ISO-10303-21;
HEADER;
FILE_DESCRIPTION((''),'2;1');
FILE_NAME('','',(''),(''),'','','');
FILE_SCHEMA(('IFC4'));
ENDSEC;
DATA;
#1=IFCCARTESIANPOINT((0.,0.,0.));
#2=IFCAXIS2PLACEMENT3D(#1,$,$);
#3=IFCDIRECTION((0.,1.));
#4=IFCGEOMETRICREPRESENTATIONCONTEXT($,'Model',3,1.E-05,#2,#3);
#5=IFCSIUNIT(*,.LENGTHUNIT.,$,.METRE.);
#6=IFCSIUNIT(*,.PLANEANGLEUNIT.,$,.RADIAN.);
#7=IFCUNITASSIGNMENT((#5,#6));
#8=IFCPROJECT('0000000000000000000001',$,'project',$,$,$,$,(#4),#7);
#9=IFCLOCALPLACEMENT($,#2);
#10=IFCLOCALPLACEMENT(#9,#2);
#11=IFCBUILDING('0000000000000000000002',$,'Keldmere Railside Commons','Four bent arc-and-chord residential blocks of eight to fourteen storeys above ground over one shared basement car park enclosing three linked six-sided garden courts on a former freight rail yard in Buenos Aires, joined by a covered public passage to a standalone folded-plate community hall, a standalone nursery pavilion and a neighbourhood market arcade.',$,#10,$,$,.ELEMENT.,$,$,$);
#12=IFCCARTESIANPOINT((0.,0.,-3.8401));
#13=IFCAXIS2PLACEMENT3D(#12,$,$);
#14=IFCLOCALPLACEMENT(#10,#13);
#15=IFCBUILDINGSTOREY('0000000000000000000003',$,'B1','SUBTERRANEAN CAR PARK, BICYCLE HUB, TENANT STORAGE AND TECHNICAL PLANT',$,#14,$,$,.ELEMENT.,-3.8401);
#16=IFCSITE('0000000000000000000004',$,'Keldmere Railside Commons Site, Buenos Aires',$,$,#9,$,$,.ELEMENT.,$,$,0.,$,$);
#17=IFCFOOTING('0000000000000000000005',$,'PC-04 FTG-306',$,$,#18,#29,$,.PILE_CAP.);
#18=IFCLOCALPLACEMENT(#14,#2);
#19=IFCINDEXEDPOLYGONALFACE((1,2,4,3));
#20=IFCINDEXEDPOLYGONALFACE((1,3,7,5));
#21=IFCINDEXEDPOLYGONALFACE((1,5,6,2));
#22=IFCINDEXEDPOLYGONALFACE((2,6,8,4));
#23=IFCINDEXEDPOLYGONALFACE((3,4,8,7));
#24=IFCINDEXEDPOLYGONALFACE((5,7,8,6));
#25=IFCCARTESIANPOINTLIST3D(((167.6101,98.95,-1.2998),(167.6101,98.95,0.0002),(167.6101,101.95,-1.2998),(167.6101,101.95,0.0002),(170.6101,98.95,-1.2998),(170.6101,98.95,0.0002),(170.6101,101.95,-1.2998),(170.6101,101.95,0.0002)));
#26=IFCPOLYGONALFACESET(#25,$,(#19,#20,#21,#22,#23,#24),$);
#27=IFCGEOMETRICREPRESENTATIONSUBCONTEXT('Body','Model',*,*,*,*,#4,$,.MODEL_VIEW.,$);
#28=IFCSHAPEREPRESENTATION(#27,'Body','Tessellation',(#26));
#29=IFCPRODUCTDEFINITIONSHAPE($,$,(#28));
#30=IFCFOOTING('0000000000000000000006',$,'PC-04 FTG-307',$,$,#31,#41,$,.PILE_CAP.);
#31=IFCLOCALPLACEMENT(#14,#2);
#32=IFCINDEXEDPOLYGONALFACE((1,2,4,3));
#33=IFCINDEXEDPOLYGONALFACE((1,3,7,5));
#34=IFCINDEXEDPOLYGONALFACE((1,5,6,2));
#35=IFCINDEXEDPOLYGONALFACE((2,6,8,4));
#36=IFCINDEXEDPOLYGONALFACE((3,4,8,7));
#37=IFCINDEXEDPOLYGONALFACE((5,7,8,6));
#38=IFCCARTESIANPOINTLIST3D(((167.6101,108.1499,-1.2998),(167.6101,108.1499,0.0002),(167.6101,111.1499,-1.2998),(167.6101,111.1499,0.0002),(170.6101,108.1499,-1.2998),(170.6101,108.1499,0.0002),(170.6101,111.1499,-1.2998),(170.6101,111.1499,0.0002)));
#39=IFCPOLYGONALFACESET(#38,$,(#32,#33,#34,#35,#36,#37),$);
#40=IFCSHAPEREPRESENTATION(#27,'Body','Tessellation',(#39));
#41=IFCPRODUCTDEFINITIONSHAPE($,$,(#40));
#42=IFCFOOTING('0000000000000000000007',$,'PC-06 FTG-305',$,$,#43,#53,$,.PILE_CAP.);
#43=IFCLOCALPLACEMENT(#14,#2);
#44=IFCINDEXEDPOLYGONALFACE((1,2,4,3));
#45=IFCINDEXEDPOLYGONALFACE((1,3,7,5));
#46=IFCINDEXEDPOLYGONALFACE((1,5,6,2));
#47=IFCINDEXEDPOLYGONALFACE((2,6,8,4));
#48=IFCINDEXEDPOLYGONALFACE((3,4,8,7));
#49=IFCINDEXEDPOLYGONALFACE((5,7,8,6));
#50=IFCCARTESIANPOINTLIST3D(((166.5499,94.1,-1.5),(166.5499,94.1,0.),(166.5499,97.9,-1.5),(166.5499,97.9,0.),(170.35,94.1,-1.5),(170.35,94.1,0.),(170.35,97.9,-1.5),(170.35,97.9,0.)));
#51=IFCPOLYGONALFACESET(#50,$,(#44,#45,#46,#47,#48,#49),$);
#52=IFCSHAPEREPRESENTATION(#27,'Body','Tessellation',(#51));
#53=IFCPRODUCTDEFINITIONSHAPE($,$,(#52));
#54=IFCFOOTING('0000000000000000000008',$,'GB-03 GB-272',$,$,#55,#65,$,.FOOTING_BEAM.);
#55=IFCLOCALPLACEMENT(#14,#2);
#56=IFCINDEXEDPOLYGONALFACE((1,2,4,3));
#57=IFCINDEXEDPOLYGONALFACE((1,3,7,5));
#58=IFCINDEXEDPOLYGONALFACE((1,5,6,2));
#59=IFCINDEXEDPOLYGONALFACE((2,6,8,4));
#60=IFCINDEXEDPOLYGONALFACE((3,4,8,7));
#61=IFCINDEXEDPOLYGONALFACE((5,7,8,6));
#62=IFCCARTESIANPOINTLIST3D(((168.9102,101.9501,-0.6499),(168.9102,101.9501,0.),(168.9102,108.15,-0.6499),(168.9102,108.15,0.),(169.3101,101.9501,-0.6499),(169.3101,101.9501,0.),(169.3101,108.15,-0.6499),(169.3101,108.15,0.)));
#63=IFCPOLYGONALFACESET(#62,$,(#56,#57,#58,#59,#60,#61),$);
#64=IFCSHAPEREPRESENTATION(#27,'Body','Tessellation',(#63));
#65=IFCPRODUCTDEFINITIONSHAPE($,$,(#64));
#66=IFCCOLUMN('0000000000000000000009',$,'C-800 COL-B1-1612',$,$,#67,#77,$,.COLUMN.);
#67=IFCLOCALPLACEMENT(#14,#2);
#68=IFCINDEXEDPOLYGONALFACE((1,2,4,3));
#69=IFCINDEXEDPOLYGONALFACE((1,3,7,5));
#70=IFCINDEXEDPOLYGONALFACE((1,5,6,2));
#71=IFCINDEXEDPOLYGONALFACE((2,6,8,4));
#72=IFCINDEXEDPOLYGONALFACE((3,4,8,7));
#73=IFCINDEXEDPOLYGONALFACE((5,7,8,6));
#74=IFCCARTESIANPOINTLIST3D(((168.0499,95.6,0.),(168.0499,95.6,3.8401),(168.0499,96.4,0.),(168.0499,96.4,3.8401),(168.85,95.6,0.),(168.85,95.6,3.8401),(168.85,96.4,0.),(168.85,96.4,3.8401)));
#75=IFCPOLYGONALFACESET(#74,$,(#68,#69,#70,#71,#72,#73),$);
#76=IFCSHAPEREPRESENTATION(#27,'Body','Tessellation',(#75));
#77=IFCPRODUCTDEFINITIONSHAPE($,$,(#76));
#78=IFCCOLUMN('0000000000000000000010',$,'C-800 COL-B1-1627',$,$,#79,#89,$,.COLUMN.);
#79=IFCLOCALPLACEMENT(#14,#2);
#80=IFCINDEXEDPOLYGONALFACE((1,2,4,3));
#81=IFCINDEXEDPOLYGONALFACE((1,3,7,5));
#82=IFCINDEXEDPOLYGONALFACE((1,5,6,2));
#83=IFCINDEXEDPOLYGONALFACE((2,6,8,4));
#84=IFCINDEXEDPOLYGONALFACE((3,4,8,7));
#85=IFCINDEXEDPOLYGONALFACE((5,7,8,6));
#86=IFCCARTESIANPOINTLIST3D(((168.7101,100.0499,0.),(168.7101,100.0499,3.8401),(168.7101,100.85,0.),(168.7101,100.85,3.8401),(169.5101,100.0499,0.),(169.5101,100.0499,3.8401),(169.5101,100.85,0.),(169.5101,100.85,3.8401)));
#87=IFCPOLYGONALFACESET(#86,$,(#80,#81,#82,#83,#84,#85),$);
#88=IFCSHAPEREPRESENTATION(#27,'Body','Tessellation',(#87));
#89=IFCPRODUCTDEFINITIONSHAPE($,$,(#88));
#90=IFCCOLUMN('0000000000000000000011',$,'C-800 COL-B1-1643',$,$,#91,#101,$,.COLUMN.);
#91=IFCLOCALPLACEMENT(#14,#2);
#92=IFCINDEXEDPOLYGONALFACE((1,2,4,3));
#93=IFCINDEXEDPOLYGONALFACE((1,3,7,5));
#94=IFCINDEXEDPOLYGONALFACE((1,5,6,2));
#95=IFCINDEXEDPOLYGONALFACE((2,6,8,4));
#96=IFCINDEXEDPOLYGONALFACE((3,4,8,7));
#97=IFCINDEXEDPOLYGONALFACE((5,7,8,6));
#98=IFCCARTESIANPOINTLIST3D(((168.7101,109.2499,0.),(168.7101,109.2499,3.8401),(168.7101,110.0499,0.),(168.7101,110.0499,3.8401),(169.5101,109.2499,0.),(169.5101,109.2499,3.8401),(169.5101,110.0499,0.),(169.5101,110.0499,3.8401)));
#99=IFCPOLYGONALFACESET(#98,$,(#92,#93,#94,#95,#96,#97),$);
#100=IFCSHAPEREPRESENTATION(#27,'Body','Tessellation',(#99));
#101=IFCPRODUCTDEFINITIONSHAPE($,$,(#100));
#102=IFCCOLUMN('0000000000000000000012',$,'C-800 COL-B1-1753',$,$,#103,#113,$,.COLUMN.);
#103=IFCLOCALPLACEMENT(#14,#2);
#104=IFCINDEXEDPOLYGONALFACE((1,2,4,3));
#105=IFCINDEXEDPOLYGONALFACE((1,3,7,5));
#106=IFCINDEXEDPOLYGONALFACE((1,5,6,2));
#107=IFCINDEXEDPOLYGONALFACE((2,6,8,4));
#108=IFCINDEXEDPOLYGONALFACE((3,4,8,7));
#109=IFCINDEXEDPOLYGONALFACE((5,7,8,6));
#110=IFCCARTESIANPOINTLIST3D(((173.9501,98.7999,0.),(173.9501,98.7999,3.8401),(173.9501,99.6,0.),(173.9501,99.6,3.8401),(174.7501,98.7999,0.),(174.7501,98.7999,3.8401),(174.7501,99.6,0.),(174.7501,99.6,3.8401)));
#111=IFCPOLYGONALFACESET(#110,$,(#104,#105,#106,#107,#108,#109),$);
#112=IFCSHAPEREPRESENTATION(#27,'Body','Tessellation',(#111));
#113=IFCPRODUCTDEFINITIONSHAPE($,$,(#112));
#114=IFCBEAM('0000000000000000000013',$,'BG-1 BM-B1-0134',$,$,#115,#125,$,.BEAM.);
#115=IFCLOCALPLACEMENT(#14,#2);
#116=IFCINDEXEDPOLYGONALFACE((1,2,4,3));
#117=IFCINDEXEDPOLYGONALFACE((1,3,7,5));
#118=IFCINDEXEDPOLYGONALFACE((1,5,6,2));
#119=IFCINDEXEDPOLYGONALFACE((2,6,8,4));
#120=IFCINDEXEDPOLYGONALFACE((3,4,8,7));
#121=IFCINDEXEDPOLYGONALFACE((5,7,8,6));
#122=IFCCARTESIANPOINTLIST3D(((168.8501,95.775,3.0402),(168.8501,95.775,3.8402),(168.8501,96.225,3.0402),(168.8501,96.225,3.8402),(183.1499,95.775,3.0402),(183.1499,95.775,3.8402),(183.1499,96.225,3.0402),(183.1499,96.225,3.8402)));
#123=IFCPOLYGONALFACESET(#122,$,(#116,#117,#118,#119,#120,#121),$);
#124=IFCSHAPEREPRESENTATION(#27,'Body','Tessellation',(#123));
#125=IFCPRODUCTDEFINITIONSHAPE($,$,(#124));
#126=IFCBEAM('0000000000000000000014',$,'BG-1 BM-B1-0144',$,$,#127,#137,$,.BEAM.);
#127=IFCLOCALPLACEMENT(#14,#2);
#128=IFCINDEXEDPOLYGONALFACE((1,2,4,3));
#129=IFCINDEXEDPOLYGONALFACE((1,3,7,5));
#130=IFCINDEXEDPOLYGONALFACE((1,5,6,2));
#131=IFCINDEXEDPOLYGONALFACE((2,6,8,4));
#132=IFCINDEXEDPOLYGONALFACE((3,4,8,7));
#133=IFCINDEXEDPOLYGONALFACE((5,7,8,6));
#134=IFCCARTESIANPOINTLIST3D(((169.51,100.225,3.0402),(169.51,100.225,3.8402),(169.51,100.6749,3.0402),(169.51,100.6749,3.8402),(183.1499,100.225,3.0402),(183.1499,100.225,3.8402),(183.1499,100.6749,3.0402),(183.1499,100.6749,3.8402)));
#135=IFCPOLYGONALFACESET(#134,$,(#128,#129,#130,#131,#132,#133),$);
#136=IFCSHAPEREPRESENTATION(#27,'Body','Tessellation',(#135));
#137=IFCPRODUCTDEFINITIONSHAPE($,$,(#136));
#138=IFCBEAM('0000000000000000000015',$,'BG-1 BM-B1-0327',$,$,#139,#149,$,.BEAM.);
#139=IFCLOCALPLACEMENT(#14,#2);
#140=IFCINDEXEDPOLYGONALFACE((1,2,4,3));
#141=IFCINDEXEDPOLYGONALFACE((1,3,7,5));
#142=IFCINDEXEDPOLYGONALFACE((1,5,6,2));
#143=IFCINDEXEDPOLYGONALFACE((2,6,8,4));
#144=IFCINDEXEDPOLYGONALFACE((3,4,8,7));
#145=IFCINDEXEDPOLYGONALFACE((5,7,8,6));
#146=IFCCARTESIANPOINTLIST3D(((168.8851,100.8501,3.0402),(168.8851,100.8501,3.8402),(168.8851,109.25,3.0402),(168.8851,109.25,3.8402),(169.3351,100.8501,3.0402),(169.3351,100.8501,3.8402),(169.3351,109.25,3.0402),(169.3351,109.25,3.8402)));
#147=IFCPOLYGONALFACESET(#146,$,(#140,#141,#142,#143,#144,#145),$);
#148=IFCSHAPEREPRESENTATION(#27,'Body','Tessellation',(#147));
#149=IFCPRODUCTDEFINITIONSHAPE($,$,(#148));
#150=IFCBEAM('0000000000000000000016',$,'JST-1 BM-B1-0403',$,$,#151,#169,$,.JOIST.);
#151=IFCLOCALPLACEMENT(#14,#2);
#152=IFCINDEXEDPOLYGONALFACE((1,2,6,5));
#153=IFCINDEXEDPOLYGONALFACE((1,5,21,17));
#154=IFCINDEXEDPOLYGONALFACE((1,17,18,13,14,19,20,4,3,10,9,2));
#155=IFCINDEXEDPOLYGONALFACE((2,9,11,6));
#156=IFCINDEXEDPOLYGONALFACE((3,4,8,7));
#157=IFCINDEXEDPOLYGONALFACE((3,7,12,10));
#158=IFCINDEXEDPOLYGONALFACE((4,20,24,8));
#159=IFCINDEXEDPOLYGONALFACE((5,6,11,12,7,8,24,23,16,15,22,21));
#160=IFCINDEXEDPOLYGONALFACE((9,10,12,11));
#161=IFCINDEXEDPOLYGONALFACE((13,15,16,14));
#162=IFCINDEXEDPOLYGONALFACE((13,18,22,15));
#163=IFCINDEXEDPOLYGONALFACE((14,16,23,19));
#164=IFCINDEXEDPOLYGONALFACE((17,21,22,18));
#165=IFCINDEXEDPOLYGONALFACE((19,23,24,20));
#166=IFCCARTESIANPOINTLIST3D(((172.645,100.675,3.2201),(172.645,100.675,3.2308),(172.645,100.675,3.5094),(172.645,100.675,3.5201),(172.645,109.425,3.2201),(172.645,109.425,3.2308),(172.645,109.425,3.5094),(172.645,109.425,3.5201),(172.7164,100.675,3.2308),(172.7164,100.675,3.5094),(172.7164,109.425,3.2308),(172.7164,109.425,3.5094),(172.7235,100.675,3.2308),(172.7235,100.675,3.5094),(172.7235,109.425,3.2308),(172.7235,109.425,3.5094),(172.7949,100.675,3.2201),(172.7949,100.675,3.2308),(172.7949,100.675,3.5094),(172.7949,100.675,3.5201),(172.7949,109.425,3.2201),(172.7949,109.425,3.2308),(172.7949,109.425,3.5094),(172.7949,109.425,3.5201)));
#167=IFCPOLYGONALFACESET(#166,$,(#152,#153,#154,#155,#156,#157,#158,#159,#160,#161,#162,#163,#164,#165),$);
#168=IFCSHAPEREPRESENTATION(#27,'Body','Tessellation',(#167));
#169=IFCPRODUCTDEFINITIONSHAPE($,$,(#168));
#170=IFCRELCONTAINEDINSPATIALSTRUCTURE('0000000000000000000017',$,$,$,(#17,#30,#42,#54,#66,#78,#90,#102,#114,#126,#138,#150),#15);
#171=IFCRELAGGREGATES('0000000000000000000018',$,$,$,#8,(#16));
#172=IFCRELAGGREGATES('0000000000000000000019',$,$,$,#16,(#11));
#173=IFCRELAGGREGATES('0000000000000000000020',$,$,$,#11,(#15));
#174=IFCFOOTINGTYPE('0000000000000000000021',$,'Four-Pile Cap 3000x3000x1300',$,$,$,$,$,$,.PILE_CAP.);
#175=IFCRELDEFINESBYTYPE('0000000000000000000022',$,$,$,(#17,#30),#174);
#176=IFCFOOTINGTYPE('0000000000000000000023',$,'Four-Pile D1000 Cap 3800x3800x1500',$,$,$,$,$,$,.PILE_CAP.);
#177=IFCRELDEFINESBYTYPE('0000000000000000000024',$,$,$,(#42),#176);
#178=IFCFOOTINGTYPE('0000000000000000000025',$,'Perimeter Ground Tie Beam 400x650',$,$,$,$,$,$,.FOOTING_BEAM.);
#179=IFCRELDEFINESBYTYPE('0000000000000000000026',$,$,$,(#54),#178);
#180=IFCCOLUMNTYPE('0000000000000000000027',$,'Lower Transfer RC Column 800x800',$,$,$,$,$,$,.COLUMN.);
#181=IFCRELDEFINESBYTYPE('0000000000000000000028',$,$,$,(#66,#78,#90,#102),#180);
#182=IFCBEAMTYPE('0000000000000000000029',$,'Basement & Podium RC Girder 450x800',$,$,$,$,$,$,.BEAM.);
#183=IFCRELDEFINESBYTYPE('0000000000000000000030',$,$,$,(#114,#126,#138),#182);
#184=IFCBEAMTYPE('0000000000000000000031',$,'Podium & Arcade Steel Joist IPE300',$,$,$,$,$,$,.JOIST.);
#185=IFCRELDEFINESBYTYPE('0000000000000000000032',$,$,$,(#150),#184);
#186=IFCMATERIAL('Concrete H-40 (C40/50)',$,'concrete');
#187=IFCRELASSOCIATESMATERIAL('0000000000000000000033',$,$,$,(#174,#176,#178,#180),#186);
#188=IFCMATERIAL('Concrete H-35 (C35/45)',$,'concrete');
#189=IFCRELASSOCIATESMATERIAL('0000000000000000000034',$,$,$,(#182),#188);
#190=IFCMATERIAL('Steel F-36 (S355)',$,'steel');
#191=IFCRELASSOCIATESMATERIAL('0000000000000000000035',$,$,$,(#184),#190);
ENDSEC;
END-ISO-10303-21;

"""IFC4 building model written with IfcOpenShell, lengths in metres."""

from ifc_helpers import new_model, si_unit, direction, frame, origin, origin_2d, place, context, subcontext, project, spatial, rectangle, i_section, extrude, material, material_profile, profile_set, type_object, element, save


model = new_model("IFC4")

# Units and contexts
model_context = context("Model", 3, precision=1e-05, world=origin(), true_north=direction((0.0, 1.0)))
body_context = subcontext(model_context, "Body", "Model", "MODEL_VIEW")
ifc_project = project(units=[si_unit("LENGTHUNIT", "METRE"), si_unit("PLANEANGLEUNIT", "RADIAN")], contexts=[model_context])

# Site, building, storey
site_placement = place(None, origin())
site = spatial("IfcSite", under=ifc_project, at=site_placement, Name="Keldmere Railside Commons Site, Buenos Aires", CompositionType="ELEMENT", RefElevation=0.0)
building_placement = place(site_placement, origin())
building = spatial("IfcBuilding", under=site, at=building_placement, Name="Keldmere Railside Commons", Description="Four bent arc-and-chord residential blocks of eight to fourteen storeys above ground over one shared basement car park enclosing three linked six-sided garden courts on a former freight rail yard in Buenos Aires, joined by a covered public passage to a standalone folded-plate community hall, a standalone nursery pavilion and a neighbourhood market arcade.", CompositionType="ELEMENT")
storey_placement = place(building_placement, frame((0.0, 0.0, -3.8401)))
storey = spatial("IfcBuildingStorey", under=building, at=storey_placement, Name="B1", Description="SUBTERRANEAN CAR PARK, BICYCLE HUB, TENANT STORAGE AND TECHNICAL PLANT", CompositionType="ELEMENT", Elevation=-3.8401)

# Footings
ifc_material_1 = material(Name="Concrete H-40 (C40/50)", Category="concrete")
footing_type_1 = type_object("IfcFootingType", Name="Four-Pile Cap 3000x3000x1300", PredefinedType="PILE_CAP", material=ifc_material_1)
for number, where, z_axis, x_axis, name in (
    (1, (169.1101, 100.45, -1.2998), (0.0, 0.0, 1.0), (1.0, 0.0, 0.0), "PC-04 FTG-306"),
    (2, (169.1101, 109.6499, -1.2998), (0.0, 0.0, 1.0), (1.0, 0.0, 0.0), "PC-04 FTG-307"),
):
    element("IfcFooting", number, at=place(storey_placement, frame(where, z_axis=z_axis, x_axis=x_axis)), inside=storey, type_object=footing_type_1, Name=name, PredefinedType="PILE_CAP", context=body_context, shape_type="SweptSolid", body=[
        extrude(rectangle(XDim=3.0, YDim=3.0, at=origin_2d()), origin(), (0.0, 0.0, 1.0), 1.3),
    ])
footing_type_2 = type_object("IfcFootingType", Name="Four-Pile D1000 Cap 3800x3800x1500", PredefinedType="PILE_CAP", material=ifc_material_1)
footing_1_placement = place(storey_placement, frame((168.45, 96.0, -1.5), z_axis=(0.0, 0.0, 1.0), x_axis=(1.0, 0.0, 0.0)))
element("IfcFooting", 3, at=footing_1_placement, inside=storey, type_object=footing_type_2, Name="PC-06 FTG-305", PredefinedType="PILE_CAP", context=body_context, shape_type="SweptSolid", body=[
    extrude(rectangle(XDim=3.8, YDim=3.8, at=origin_2d()), origin(), (0.0, 0.0, 1.0), 1.5),
])
footing_type_3 = type_object("IfcFootingType", Name="Perimeter Ground Tie Beam 400x650", PredefinedType="FOOTING_BEAM", material=ifc_material_1)
footing_2_placement = place(storey_placement, frame((169.1101, 105.05, -0.6499), z_axis=(0.0, 0.0, 1.0), x_axis=(0.0, 1.0, 0.0)))
element("IfcFooting", 4, at=footing_2_placement, inside=storey, type_object=footing_type_3, Name="GB-03 GB-272", PredefinedType="FOOTING_BEAM", context=body_context, shape_type="SweptSolid", body=[
    extrude(rectangle(XDim=6.2, YDim=0.3999, at=origin_2d()), origin(), (0.0, 0.0, 1.0), 0.6499),
])

# Columns
ifc_material_profile_1 = material_profile(ifc_material_1, rectangle(XDim=0.8, YDim=0.8, at=origin_2d()), Name="RC-800x800")
ifc_profile_set_1 = profile_set([ifc_material_profile_1], Name="Concrete H-40 (C40/50)")
column_type = type_object("IfcColumnType", Name="Lower Transfer RC Column 800x800", PredefinedType="COLUMN", material=ifc_profile_set_1)
for number, where, z_axis, x_axis, name in (
    (5, (168.45, 96.0, 0.0), (0.0, 0.0, 1.0), (1.0, 0.0, 0.0), "C-800 COL-B1-1612"),
    (6, (169.1101, 100.45, 0.0), (0.0, 0.0, 1.0), (1.0, 0.0, 0.0), "C-800 COL-B1-1627"),
    (7, (169.1101, 109.6499, 0.0), (0.0, 0.0, 1.0), (1.0, 0.0, 0.0), "C-800 COL-B1-1643"),
    (8, (174.3501, 99.2, 0.0), (0.0, 0.0, 1.0), (1.0, 0.0, 0.0), "C-800 COL-B1-1753"),
):
    element("IfcColumn", number, at=place(storey_placement, frame(where, z_axis=z_axis, x_axis=x_axis)), inside=storey, type_object=column_type, Name=name, PredefinedType="COLUMN", context=body_context, shape_type="SweptSolid", body=[
        extrude(rectangle(XDim=0.8, YDim=0.8, at=origin_2d()), origin(), (0.0, 0.0, 1.0), 3.8401),
    ])

# Beams
ifc_material_2 = material(Name="Concrete H-35 (C35/45)", Category="concrete")
ifc_material_profile_2 = material_profile(ifc_material_2, rectangle(XDim=0.45, YDim=0.8, at=origin_2d()), Name="RC-450x800")
ifc_profile_set_2 = profile_set([ifc_material_profile_2], Name="Concrete H-35 (C35/45)")
beam_type_1 = type_object("IfcBeamType", Name="Basement & Podium RC Girder 450x800", PredefinedType="BEAM", material=ifc_profile_set_2)
beam_1_placement = place(storey_placement, frame((168.8501, 96.0, 3.4402), z_axis=(1.0, 0.0, 0.0), x_axis=(0.0, 1.0, 0.0)))
element("IfcBeam", 9, at=beam_1_placement, inside=storey, type_object=beam_type_1, Name="BG-1 BM-B1-0134", PredefinedType="BEAM", context=body_context, shape_type="SweptSolid", body=[
    extrude(rectangle(XDim=0.45, YDim=0.8, at=origin_2d()), origin(), (0.0, 0.0, 1.0), 14.2998),
])
beam_2_placement = place(storey_placement, frame((169.51, 100.45, 3.4402), z_axis=(1.0, 0.0, 0.0), x_axis=(0.0, 1.0, 0.0)))
element("IfcBeam", 10, at=beam_2_placement, inside=storey, type_object=beam_type_1, Name="BG-1 BM-B1-0144", PredefinedType="BEAM", context=body_context, shape_type="SweptSolid", body=[
    extrude(rectangle(XDim=0.45, YDim=0.8, at=origin_2d()), origin(), (0.0, 0.0, 1.0), 13.6399),
])
beam_3_placement = place(storey_placement, frame((169.1101, 100.8501, 3.4402), z_axis=(0.0, 1.0, 0.0), x_axis=(-1.0, 0.0, 0.0)))
element("IfcBeam", 11, at=beam_3_placement, inside=storey, type_object=beam_type_1, Name="BG-1 BM-B1-0327", PredefinedType="BEAM", context=body_context, shape_type="SweptSolid", body=[
    extrude(rectangle(XDim=0.45, YDim=0.8, at=origin_2d()), origin(), (0.0, 0.0, 1.0), 8.3999),
])
ifc_material_3 = material(Name="Steel F-36 (S355)", Category="steel")
ifc_material_profile_3 = material_profile(ifc_material_3, i_section(OverallWidth=0.1499, OverallDepth=0.3, WebThickness=0.0071, FlangeThickness=0.0107, at=origin_2d()), Name="IPE-300")
ifc_profile_set_3 = profile_set([ifc_material_profile_3], Name="Steel F-36 (S355)")
beam_type_2 = type_object("IfcBeamType", Name="Podium & Arcade Steel Joist IPE300", PredefinedType="JOIST", material=ifc_profile_set_3)
beam_4_placement = place(storey_placement, frame((172.72, 100.675, 3.3701), z_axis=(0.0, 1.0, 0.0), x_axis=(-1.0, 0.0, 0.0)))
element("IfcBeam", 12, at=beam_4_placement, inside=storey, type_object=beam_type_2, Name="JST-1 BM-B1-0403", PredefinedType="JOIST", context=body_context, shape_type="SweptSolid", body=[
    extrude(i_section(OverallWidth=0.1499, OverallDepth=0.3, WebThickness=0.0071, FlangeThickness=0.0107, at=origin_2d()), origin(), (0.0, 0.0, 1.0), 8.75),
])

save(model, "model.ifc")
